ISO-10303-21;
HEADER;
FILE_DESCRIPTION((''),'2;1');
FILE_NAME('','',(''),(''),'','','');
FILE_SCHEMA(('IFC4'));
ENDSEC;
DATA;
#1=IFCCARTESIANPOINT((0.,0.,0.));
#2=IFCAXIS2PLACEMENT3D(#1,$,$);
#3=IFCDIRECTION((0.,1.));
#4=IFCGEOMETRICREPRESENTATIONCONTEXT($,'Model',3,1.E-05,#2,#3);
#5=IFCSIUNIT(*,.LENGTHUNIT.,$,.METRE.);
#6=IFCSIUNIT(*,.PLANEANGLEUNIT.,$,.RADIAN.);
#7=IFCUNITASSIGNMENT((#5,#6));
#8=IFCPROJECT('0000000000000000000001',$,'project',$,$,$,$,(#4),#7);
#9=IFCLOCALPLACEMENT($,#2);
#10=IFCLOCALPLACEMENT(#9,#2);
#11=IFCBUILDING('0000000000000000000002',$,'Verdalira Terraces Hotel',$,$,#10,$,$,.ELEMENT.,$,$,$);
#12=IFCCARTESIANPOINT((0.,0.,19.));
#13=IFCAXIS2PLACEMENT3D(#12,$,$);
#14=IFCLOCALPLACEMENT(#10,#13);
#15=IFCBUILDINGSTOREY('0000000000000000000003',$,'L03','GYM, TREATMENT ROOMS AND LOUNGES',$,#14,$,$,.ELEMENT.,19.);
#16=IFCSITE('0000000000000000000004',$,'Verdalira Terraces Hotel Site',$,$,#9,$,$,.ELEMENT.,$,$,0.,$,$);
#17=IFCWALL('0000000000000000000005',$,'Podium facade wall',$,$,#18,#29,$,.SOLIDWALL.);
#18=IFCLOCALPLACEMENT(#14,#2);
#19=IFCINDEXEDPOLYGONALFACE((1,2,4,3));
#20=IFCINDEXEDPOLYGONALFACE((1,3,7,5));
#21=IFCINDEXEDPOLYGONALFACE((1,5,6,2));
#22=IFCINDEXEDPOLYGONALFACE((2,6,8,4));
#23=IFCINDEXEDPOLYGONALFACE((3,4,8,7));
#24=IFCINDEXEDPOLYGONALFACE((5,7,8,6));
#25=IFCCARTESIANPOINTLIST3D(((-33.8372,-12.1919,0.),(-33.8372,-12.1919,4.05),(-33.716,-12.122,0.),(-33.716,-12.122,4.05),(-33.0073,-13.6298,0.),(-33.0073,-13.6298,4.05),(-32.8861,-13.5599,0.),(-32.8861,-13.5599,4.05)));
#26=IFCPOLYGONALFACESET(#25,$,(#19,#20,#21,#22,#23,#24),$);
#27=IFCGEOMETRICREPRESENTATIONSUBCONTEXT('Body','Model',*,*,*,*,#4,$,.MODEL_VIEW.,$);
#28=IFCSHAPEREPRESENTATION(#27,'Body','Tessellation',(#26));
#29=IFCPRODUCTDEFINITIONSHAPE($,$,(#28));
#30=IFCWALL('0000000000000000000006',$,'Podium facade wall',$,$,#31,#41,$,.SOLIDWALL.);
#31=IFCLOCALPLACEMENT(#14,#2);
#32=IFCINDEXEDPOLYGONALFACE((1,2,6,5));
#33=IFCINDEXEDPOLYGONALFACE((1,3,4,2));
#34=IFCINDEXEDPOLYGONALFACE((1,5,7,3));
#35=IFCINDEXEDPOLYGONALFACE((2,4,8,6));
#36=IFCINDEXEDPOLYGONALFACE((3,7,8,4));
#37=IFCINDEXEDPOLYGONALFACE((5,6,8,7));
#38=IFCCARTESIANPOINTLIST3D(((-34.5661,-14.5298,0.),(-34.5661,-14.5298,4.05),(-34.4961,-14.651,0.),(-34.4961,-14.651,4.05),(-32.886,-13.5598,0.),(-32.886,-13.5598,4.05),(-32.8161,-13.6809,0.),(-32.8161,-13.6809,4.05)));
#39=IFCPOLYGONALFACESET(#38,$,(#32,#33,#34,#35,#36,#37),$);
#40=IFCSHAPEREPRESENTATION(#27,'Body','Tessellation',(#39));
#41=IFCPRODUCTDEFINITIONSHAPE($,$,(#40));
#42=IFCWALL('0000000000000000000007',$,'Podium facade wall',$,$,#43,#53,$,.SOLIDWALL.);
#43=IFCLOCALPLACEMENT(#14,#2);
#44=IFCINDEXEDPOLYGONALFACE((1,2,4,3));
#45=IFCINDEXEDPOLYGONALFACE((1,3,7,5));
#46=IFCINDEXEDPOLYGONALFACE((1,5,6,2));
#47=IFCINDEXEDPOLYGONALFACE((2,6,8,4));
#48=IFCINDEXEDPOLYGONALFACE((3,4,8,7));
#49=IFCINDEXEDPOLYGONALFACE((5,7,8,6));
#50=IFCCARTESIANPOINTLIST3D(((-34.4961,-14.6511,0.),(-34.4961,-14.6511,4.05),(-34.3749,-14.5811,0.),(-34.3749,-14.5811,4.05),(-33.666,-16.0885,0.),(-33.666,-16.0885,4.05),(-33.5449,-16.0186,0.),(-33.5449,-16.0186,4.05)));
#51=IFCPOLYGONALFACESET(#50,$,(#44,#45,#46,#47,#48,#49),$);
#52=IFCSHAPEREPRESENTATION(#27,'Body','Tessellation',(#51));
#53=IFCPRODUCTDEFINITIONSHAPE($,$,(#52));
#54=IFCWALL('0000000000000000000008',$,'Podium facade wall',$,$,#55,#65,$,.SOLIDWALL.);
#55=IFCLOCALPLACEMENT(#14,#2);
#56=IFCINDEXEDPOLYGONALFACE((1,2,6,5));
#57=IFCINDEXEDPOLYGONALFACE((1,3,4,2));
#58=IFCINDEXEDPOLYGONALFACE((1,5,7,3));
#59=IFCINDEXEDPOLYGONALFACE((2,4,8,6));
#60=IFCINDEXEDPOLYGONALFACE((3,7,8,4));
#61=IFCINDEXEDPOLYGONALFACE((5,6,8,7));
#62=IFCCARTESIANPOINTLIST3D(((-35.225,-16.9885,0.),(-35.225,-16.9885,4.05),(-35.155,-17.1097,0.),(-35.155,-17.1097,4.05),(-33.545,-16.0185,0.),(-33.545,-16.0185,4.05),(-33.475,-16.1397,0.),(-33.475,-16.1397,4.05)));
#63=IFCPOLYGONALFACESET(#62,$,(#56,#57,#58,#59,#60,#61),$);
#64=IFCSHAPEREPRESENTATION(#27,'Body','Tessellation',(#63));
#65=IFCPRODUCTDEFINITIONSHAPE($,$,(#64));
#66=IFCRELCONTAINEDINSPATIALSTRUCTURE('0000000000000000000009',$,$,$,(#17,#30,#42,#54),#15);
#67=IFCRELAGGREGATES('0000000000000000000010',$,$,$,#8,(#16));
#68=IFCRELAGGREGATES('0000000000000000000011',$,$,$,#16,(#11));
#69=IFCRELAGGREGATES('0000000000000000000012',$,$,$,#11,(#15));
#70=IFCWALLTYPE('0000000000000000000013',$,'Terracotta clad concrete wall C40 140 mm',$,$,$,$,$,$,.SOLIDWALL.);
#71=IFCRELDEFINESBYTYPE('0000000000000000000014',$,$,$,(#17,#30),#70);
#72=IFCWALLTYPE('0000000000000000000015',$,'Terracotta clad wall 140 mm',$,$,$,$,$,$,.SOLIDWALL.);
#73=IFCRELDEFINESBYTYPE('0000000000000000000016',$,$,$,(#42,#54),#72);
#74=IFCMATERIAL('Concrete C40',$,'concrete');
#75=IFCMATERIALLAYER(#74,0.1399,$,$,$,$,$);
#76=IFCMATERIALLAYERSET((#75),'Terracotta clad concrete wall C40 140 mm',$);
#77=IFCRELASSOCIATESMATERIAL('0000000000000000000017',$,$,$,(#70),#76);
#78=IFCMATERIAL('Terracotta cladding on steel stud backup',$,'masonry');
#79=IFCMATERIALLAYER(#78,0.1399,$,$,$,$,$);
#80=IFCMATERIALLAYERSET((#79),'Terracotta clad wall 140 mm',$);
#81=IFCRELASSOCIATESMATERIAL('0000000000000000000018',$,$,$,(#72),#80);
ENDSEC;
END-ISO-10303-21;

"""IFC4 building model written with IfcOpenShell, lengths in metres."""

from ifc_helpers import new_model, si_unit, direction, frame, frame_2d, origin, place, context, subcontext, project, spatial, rectangle, extrude, material, layer, layer_set, type_object, element, save


model = new_model("IFC4")

# Units and contexts
model_context = context("Model", 3, precision=1e-05, world=origin(), true_north=direction((0.0, 1.0)))
body_context = subcontext(model_context, "Body", "Model", "MODEL_VIEW")
ifc_project = project(units=[si_unit("LENGTHUNIT", "METRE"), si_unit("PLANEANGLEUNIT", "RADIAN")], contexts=[model_context])

# Site, building, storey
site_placement = place(None, origin())
site = spatial("IfcSite", under=ifc_project, at=site_placement, Name="Verdalira Terraces Hotel Site", CompositionType="ELEMENT", RefElevation=0.0)
building_placement = place(site_placement, origin())
building = spatial("IfcBuilding", under=site, at=building_placement, Name="Verdalira Terraces Hotel", CompositionType="ELEMENT")
storey_placement = place(building_placement, frame((0.0, 0.0, 19.0)))
storey = spatial("IfcBuildingStorey", under=building, at=storey_placement, Name="L03", Description="GYM, TREATMENT ROOMS AND LOUNGES", CompositionType="ELEMENT", Elevation=19.0)

# Shared definitions
ifc_material_1 = material(Name="Concrete C40", Category="concrete")
ifc_layer_1 = layer(ifc_material_1, 0.1399)
ifc_layer_set_1 = layer_set([ifc_layer_1], Name="Terracotta clad concrete wall C40 140 mm")
wall_type_1 = type_object("IfcWallType", Name="Terracotta clad concrete wall C40 140 mm", PredefinedType="SOLIDWALL", material=ifc_layer_set_1)

# Walls
wall_1_placement = place(storey_placement, frame((-33.7766, -12.157, 0.0), z_axis=(0.0, 0.0, 1.0), x_axis=(0.499888, -0.86609, 0.0)))
element("IfcWall", 1, at=wall_1_placement, inside=storey, type_object=wall_type_1, Name="Podium facade wall", PredefinedType="SOLIDWALL", context=body_context, shape_type="SweptSolid", body=[
    extrude(rectangle(XDim=1.6602, YDim=0.1399, at=frame_2d((0.8301, 0.0))), origin(), (0.0, 0.0, 1.0), 4.05),
])
wall_2_placement = place(storey_placement, frame((-32.8511, -13.6204, 0.0), z_axis=(0.0, 0.0, 1.0), x_axis=(-0.866012, -0.500024, 0.0)))
element("IfcWall", 2, at=wall_2_placement, inside=storey, type_object=wall_type_1, Name="Podium facade wall", PredefinedType="SOLIDWALL", context=body_context, shape_type="SweptSolid", body=[
    extrude(rectangle(XDim=1.9399, YDim=0.1399, at=frame_2d((0.97, 0.0))), origin(), (0.0, 0.0, 1.0), 4.05),
])
ifc_material_2 = material(Name="Terracotta cladding on steel stud backup", Category="masonry")
ifc_layer_2 = layer(ifc_material_2, 0.1399)
ifc_layer_set_2 = layer_set([ifc_layer_2], Name="Terracotta clad wall 140 mm")
wall_type_2 = type_object("IfcWallType", Name="Terracotta clad wall 140 mm", PredefinedType="SOLIDWALL", material=ifc_layer_set_2)
wall_3_placement = place(storey_placement, frame((-34.4355, -14.616, 0.0), z_axis=(0.0, 0.0, 1.0), x_axis=(0.500062, -0.86599, 0.0)))
element("IfcWall", 3, at=wall_3_placement, inside=storey, type_object=wall_type_2, Name="Podium facade wall", PredefinedType="SOLIDWALL", context=body_context, shape_type="SweptSolid", body=[
    extrude(rectangle(XDim=1.6599, YDim=0.1399, at=frame_2d((0.8301, 0.0))), origin(), (0.0, 0.0, 1.0), 4.05),
])
wall_4_placement = place(storey_placement, frame((-33.51, -16.0791, 0.0), z_axis=(0.0, 0.0, 1.0), x_axis=(-0.866012, -0.500024, 0.0)))
element("IfcWall", 4, at=wall_4_placement, inside=storey, type_object=wall_type_2, Name="Podium facade wall", PredefinedType="SOLIDWALL", context=body_context, shape_type="SweptSolid", body=[
    extrude(rectangle(XDim=1.9399, YDim=0.1399, at=frame_2d((0.97, 0.0))), origin(), (0.0, 0.0, 1.0), 4.05),
])

save(model, "model.ifc")
